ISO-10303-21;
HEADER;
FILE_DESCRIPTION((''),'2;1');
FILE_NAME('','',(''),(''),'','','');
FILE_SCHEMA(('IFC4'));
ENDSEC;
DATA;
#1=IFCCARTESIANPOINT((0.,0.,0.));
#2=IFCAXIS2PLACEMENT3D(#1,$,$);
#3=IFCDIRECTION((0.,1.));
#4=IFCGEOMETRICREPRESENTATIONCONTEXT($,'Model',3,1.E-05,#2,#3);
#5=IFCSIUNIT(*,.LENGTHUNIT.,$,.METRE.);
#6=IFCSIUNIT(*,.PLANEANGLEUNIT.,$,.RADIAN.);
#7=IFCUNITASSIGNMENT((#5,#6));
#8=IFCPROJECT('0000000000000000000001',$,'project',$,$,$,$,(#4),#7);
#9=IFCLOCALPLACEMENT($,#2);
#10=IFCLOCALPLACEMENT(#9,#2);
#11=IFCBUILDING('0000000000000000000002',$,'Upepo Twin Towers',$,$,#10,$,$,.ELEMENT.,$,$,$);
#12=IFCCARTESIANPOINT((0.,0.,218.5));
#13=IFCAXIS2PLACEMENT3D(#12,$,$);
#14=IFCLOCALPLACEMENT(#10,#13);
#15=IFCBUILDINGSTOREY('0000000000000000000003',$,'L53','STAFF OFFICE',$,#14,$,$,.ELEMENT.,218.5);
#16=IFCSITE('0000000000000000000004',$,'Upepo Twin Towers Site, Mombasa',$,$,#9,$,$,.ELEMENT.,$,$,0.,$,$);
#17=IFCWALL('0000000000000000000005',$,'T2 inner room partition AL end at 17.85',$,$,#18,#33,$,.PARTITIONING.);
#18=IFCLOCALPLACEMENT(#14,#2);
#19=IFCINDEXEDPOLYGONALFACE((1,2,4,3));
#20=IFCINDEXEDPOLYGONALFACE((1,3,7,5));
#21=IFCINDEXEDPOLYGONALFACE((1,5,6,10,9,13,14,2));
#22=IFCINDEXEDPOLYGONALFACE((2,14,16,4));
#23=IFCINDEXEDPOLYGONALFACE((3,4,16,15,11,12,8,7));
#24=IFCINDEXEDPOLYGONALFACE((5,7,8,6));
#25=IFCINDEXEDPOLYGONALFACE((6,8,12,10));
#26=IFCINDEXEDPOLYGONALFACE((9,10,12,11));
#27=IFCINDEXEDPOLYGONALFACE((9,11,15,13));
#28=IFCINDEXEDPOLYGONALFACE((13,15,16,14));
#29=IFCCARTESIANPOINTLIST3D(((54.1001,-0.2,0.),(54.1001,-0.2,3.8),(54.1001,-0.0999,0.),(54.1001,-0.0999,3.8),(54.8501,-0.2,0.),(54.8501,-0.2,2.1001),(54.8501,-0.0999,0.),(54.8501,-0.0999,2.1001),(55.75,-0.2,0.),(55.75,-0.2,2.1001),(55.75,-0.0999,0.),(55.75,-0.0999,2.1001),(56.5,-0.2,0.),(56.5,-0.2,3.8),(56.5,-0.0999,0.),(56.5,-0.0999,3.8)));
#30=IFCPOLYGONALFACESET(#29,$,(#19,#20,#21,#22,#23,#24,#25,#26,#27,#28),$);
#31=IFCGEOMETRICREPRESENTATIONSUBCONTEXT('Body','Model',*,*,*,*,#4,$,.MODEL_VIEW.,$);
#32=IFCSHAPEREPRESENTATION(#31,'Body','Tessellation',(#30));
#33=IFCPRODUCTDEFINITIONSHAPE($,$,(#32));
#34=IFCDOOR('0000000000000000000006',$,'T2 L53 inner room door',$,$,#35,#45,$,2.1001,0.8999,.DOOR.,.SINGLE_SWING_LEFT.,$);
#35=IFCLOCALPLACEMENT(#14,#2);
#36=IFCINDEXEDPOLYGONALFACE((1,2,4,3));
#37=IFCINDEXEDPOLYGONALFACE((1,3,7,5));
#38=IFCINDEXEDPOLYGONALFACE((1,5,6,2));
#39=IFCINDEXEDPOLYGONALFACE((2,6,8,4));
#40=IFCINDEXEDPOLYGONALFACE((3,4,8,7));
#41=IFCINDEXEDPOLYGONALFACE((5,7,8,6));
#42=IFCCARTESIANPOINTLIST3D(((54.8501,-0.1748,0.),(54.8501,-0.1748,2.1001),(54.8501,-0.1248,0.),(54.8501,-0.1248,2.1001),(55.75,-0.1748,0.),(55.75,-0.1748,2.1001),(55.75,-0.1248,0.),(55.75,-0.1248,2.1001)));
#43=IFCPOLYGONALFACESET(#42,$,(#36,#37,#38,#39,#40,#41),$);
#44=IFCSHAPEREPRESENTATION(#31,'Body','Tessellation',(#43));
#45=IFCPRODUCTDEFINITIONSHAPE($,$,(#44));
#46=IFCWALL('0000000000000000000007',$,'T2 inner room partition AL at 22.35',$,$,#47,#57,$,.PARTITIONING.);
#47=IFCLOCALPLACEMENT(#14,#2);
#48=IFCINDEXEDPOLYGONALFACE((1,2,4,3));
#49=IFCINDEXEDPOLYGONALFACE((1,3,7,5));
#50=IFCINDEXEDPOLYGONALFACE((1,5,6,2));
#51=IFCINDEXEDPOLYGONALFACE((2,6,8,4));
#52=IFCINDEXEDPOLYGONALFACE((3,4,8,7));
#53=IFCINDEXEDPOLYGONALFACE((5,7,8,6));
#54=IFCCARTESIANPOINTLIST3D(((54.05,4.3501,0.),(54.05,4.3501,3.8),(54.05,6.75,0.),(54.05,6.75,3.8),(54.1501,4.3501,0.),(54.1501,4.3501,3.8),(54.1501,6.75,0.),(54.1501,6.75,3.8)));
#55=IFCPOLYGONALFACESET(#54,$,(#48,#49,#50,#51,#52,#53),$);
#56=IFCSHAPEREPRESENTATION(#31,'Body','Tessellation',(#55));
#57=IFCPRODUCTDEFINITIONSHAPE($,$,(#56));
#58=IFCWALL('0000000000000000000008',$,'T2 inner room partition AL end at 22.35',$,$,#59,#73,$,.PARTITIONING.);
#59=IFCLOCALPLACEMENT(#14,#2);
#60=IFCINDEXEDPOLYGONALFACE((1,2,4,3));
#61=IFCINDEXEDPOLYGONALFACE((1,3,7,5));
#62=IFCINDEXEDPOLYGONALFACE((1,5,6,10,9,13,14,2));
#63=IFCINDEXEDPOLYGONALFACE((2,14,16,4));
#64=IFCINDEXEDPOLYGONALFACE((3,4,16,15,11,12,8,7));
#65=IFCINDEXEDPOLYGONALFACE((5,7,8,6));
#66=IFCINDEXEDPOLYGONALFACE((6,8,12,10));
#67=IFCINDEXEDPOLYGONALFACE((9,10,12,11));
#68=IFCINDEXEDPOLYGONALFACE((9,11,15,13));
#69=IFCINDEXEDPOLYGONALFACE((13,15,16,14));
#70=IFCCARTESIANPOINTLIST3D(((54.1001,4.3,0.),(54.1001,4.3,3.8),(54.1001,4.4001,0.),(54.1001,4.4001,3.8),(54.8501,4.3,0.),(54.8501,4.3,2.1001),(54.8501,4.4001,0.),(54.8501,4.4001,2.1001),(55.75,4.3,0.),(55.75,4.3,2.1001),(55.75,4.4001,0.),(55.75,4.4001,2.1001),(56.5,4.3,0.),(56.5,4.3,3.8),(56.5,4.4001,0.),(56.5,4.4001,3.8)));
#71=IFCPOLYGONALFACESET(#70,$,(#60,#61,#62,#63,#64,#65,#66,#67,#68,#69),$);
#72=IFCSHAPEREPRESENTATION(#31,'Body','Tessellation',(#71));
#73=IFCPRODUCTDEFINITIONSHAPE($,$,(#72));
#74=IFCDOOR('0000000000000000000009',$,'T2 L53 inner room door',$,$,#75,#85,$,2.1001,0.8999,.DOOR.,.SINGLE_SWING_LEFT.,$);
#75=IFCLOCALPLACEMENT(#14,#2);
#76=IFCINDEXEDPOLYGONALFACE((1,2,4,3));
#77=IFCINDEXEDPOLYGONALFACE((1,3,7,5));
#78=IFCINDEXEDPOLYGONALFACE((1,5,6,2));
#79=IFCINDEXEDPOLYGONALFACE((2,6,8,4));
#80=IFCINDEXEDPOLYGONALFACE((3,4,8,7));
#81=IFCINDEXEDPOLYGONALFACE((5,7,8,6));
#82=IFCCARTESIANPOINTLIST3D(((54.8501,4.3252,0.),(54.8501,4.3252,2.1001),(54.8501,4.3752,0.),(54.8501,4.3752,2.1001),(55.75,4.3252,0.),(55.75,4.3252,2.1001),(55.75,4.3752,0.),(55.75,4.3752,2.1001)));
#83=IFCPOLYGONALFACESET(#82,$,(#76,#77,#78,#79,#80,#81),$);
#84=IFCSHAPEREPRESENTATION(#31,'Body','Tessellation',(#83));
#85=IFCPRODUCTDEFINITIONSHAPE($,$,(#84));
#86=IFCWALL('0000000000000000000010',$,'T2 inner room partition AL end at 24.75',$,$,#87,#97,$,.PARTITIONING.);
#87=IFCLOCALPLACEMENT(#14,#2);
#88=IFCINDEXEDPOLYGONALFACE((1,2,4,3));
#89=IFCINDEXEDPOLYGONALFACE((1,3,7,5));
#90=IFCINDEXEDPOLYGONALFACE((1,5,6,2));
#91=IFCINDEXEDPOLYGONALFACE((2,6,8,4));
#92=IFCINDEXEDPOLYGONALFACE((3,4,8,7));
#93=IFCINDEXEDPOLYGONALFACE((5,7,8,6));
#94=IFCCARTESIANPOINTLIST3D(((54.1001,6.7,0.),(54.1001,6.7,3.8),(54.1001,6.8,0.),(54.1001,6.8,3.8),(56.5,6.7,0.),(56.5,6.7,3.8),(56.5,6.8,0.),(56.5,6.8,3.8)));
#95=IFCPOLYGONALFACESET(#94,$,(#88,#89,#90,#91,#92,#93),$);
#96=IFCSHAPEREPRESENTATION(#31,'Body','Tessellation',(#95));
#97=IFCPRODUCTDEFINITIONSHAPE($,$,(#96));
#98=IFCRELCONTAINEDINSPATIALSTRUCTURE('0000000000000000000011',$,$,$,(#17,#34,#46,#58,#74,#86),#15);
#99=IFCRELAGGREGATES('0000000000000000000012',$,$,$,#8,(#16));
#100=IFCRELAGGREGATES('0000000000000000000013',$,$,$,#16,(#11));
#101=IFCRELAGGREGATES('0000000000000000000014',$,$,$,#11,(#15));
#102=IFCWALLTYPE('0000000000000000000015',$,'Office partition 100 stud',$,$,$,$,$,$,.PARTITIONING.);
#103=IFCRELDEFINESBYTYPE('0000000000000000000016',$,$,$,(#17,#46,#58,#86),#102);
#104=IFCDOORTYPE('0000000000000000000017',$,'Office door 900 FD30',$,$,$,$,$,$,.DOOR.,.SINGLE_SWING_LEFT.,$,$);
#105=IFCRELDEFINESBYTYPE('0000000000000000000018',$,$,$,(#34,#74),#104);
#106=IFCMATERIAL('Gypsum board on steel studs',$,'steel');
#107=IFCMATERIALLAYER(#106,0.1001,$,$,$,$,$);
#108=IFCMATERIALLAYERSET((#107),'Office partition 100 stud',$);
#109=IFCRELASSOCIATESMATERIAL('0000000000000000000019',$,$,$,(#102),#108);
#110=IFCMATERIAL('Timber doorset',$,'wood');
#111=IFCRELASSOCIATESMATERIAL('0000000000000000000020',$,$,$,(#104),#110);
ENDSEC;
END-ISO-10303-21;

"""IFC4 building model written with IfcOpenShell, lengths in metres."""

from ifc_helpers import new_model, si_unit, direction, frame, frame_2d, origin, place, context, subcontext, project, spatial, rectangle, extrude, material, layer, layer_set, type_object, element, fill, save


model = new_model("IFC4")

# Units and contexts
model_context = context("Model", 3, precision=1e-05, world=origin(), true_north=direction((0.0, 1.0)))
body_context = subcontext(model_context, "Body", "Model", "MODEL_VIEW")
ifc_project = project(units=[si_unit("LENGTHUNIT", "METRE"), si_unit("PLANEANGLEUNIT", "RADIAN")], contexts=[model_context])

# Site, building, storey
site_placement = place(None, origin())
site = spatial("IfcSite", under=ifc_project, at=site_placement, Name="Upepo Twin Towers Site, Mombasa", CompositionType="ELEMENT", RefElevation=0.0)
building_placement = place(site_placement, origin())
building = spatial("IfcBuilding", under=site, at=building_placement, Name="Upepo Twin Towers", CompositionType="ELEMENT")
storey_placement = place(building_placement, frame((0.0, 0.0, 218.5)))
storey = spatial("IfcBuildingStorey", under=building, at=storey_placement, Name="L53", Description="STAFF OFFICE", CompositionType="ELEMENT", Elevation=218.5)

# Shared definitions
ifc_material_1 = material(Name="Gypsum board on steel studs", Category="steel")
ifc_layer_1 = layer(ifc_material_1, 0.1001)
ifc_layer_set_1 = layer_set([ifc_layer_1], Name="Office partition 100 stud")
wall_type_1 = type_object("IfcWallType", Name="Office partition 100 stud", PredefinedType="PARTITIONING", material=ifc_layer_set_1)

# Wall, opening, door
wall_1_placement = place(storey_placement, frame((56.5, -0.1499, 0.0), z_axis=(0.0, 0.0, 1.0), x_axis=(-1.0, 0.0, 0.0)))
wall_1 = element("IfcWall", 1, at=wall_1_placement, inside=storey, type_object=wall_type_1, Name="T2 inner room partition AL end at 17.85", PredefinedType="PARTITIONING", context=body_context, shape_type="SweptSolid", body=[
    extrude(rectangle(XDim=2.3999, YDim=0.1001, at=frame_2d((1.2, 0.0))), origin(), (0.0, 0.0, 1.0), 3.8),
])
opening_1_placement = place(wall_1_placement, frame((0.75, 0.0, 0.0)))
opening_1 = element("IfcOpeningElement", 2, at=opening_1_placement, cuts=wall_1, PredefinedType="OPENING", context=body_context, shape_type="SweptSolid", body=[
    extrude(rectangle(XDim=0.8999, YDim=2.1001, at=frame_2d((0.45, 1.05))), frame((0.0, 0.0601, 0.0), z_axis=(0.0, -1.0, 0.0), x_axis=(1.0, 0.0, 0.0)), (0.0, 0.0, 1.0), 0.1201),
])
ifc_material_2 = material(Name="Timber doorset", Category="wood")
door_type = type_object("IfcDoorType", Name="Office door 900 FD30", OperationType="SINGLE_SWING_LEFT", PredefinedType="DOOR", material=ifc_material_2)
door_1_placement = place(opening_1_placement, origin())
door_1 = element("IfcDoor", 3, at=door_1_placement, inside=storey, type_object=door_type, Name="T2 L53 inner room door", OperationType="SINGLE_SWING_LEFT", OverallHeight=2.1001, OverallWidth=0.8999, PredefinedType="DOOR", context=body_context, shape_type="SweptSolid", body=[
    extrude(rectangle(XDim=0.8999, YDim=2.1001, at=frame_2d((0.45, 1.05))), frame((0.0, 0.0249, 0.0), z_axis=(0.0, -1.0, 0.0), x_axis=(1.0, 0.0, 0.0)), (0.0, 0.0, 1.0), 0.05),
])
fill(opening_1, door_1)

# Wall
wall_2_placement = place(storey_placement, frame((54.1001, 4.3501, 0.0), z_axis=(0.0, 0.0, 1.0), x_axis=(0.0, 1.0, 0.0)))
element("IfcWall", 4, at=wall_2_placement, inside=storey, type_object=wall_type_1, Name="T2 inner room partition AL at 22.35", PredefinedType="PARTITIONING", context=body_context, shape_type="SweptSolid", body=[
    extrude(rectangle(XDim=2.3999, YDim=0.1001, at=frame_2d((1.2, 0.0))), origin(), (0.0, 0.0, 1.0), 3.8),
])

# Wall, opening, door
wall_3_placement = place(storey_placement, frame((56.5, 4.3501, 0.0), z_axis=(0.0, 0.0, 1.0), x_axis=(-1.0, 0.0, 0.0)))
wall_3 = element("IfcWall", 5, at=wall_3_placement, inside=storey, type_object=wall_type_1, Name="T2 inner room partition AL end at 22.35", PredefinedType="PARTITIONING", context=body_context, shape_type="SweptSolid", body=[
    extrude(rectangle(XDim=2.3999, YDim=0.1001, at=frame_2d((1.2, 0.0))), origin(), (0.0, 0.0, 1.0), 3.8),
])
opening_2_placement = place(wall_3_placement, frame((0.75, 0.0, 0.0)))
opening_2 = element("IfcOpeningElement", 6, at=opening_2_placement, cuts=wall_3, PredefinedType="OPENING", context=body_context, shape_type="SweptSolid", body=[
    extrude(rectangle(XDim=0.8999, YDim=2.1001, at=frame_2d((0.45, 1.05))), frame((0.0, 0.0601, 0.0), z_axis=(0.0, -1.0, 0.0), x_axis=(1.0, 0.0, 0.0)), (0.0, 0.0, 1.0), 0.1201),
])
door_2_placement = place(opening_2_placement, origin())
door_2 = element("IfcDoor", 7, at=door_2_placement, inside=storey, type_object=door_type, Name="T2 L53 inner room door", OperationType="SINGLE_SWING_LEFT", OverallHeight=2.1001, OverallWidth=0.8999, PredefinedType="DOOR", context=body_context, shape_type="SweptSolid", body=[
    extrude(rectangle(XDim=0.8999, YDim=2.1001, at=frame_2d((0.45, 1.05))), frame((0.0, 0.0249, 0.0), z_axis=(0.0, -1.0, 0.0), x_axis=(1.0, 0.0, 0.0)), (0.0, 0.0, 1.0), 0.05),
])
fill(opening_2, door_2)

# Wall
wall_4_placement = place(storey_placement, frame((56.5, 6.75, 0.0), z_axis=(0.0, 0.0, 1.0), x_axis=(-1.0, 0.0, 0.0)))
element("IfcWall", 8, at=wall_4_placement, inside=storey, type_object=wall_type_1, Name="T2 inner room partition AL end at 24.75", PredefinedType="PARTITIONING", context=body_context, shape_type="SweptSolid", body=[
    extrude(rectangle(XDim=2.3999, YDim=0.1001, at=frame_2d((1.2, 0.0))), origin(), (0.0, 0.0, 1.0), 3.8),
])

save(model, "model.ifc")
